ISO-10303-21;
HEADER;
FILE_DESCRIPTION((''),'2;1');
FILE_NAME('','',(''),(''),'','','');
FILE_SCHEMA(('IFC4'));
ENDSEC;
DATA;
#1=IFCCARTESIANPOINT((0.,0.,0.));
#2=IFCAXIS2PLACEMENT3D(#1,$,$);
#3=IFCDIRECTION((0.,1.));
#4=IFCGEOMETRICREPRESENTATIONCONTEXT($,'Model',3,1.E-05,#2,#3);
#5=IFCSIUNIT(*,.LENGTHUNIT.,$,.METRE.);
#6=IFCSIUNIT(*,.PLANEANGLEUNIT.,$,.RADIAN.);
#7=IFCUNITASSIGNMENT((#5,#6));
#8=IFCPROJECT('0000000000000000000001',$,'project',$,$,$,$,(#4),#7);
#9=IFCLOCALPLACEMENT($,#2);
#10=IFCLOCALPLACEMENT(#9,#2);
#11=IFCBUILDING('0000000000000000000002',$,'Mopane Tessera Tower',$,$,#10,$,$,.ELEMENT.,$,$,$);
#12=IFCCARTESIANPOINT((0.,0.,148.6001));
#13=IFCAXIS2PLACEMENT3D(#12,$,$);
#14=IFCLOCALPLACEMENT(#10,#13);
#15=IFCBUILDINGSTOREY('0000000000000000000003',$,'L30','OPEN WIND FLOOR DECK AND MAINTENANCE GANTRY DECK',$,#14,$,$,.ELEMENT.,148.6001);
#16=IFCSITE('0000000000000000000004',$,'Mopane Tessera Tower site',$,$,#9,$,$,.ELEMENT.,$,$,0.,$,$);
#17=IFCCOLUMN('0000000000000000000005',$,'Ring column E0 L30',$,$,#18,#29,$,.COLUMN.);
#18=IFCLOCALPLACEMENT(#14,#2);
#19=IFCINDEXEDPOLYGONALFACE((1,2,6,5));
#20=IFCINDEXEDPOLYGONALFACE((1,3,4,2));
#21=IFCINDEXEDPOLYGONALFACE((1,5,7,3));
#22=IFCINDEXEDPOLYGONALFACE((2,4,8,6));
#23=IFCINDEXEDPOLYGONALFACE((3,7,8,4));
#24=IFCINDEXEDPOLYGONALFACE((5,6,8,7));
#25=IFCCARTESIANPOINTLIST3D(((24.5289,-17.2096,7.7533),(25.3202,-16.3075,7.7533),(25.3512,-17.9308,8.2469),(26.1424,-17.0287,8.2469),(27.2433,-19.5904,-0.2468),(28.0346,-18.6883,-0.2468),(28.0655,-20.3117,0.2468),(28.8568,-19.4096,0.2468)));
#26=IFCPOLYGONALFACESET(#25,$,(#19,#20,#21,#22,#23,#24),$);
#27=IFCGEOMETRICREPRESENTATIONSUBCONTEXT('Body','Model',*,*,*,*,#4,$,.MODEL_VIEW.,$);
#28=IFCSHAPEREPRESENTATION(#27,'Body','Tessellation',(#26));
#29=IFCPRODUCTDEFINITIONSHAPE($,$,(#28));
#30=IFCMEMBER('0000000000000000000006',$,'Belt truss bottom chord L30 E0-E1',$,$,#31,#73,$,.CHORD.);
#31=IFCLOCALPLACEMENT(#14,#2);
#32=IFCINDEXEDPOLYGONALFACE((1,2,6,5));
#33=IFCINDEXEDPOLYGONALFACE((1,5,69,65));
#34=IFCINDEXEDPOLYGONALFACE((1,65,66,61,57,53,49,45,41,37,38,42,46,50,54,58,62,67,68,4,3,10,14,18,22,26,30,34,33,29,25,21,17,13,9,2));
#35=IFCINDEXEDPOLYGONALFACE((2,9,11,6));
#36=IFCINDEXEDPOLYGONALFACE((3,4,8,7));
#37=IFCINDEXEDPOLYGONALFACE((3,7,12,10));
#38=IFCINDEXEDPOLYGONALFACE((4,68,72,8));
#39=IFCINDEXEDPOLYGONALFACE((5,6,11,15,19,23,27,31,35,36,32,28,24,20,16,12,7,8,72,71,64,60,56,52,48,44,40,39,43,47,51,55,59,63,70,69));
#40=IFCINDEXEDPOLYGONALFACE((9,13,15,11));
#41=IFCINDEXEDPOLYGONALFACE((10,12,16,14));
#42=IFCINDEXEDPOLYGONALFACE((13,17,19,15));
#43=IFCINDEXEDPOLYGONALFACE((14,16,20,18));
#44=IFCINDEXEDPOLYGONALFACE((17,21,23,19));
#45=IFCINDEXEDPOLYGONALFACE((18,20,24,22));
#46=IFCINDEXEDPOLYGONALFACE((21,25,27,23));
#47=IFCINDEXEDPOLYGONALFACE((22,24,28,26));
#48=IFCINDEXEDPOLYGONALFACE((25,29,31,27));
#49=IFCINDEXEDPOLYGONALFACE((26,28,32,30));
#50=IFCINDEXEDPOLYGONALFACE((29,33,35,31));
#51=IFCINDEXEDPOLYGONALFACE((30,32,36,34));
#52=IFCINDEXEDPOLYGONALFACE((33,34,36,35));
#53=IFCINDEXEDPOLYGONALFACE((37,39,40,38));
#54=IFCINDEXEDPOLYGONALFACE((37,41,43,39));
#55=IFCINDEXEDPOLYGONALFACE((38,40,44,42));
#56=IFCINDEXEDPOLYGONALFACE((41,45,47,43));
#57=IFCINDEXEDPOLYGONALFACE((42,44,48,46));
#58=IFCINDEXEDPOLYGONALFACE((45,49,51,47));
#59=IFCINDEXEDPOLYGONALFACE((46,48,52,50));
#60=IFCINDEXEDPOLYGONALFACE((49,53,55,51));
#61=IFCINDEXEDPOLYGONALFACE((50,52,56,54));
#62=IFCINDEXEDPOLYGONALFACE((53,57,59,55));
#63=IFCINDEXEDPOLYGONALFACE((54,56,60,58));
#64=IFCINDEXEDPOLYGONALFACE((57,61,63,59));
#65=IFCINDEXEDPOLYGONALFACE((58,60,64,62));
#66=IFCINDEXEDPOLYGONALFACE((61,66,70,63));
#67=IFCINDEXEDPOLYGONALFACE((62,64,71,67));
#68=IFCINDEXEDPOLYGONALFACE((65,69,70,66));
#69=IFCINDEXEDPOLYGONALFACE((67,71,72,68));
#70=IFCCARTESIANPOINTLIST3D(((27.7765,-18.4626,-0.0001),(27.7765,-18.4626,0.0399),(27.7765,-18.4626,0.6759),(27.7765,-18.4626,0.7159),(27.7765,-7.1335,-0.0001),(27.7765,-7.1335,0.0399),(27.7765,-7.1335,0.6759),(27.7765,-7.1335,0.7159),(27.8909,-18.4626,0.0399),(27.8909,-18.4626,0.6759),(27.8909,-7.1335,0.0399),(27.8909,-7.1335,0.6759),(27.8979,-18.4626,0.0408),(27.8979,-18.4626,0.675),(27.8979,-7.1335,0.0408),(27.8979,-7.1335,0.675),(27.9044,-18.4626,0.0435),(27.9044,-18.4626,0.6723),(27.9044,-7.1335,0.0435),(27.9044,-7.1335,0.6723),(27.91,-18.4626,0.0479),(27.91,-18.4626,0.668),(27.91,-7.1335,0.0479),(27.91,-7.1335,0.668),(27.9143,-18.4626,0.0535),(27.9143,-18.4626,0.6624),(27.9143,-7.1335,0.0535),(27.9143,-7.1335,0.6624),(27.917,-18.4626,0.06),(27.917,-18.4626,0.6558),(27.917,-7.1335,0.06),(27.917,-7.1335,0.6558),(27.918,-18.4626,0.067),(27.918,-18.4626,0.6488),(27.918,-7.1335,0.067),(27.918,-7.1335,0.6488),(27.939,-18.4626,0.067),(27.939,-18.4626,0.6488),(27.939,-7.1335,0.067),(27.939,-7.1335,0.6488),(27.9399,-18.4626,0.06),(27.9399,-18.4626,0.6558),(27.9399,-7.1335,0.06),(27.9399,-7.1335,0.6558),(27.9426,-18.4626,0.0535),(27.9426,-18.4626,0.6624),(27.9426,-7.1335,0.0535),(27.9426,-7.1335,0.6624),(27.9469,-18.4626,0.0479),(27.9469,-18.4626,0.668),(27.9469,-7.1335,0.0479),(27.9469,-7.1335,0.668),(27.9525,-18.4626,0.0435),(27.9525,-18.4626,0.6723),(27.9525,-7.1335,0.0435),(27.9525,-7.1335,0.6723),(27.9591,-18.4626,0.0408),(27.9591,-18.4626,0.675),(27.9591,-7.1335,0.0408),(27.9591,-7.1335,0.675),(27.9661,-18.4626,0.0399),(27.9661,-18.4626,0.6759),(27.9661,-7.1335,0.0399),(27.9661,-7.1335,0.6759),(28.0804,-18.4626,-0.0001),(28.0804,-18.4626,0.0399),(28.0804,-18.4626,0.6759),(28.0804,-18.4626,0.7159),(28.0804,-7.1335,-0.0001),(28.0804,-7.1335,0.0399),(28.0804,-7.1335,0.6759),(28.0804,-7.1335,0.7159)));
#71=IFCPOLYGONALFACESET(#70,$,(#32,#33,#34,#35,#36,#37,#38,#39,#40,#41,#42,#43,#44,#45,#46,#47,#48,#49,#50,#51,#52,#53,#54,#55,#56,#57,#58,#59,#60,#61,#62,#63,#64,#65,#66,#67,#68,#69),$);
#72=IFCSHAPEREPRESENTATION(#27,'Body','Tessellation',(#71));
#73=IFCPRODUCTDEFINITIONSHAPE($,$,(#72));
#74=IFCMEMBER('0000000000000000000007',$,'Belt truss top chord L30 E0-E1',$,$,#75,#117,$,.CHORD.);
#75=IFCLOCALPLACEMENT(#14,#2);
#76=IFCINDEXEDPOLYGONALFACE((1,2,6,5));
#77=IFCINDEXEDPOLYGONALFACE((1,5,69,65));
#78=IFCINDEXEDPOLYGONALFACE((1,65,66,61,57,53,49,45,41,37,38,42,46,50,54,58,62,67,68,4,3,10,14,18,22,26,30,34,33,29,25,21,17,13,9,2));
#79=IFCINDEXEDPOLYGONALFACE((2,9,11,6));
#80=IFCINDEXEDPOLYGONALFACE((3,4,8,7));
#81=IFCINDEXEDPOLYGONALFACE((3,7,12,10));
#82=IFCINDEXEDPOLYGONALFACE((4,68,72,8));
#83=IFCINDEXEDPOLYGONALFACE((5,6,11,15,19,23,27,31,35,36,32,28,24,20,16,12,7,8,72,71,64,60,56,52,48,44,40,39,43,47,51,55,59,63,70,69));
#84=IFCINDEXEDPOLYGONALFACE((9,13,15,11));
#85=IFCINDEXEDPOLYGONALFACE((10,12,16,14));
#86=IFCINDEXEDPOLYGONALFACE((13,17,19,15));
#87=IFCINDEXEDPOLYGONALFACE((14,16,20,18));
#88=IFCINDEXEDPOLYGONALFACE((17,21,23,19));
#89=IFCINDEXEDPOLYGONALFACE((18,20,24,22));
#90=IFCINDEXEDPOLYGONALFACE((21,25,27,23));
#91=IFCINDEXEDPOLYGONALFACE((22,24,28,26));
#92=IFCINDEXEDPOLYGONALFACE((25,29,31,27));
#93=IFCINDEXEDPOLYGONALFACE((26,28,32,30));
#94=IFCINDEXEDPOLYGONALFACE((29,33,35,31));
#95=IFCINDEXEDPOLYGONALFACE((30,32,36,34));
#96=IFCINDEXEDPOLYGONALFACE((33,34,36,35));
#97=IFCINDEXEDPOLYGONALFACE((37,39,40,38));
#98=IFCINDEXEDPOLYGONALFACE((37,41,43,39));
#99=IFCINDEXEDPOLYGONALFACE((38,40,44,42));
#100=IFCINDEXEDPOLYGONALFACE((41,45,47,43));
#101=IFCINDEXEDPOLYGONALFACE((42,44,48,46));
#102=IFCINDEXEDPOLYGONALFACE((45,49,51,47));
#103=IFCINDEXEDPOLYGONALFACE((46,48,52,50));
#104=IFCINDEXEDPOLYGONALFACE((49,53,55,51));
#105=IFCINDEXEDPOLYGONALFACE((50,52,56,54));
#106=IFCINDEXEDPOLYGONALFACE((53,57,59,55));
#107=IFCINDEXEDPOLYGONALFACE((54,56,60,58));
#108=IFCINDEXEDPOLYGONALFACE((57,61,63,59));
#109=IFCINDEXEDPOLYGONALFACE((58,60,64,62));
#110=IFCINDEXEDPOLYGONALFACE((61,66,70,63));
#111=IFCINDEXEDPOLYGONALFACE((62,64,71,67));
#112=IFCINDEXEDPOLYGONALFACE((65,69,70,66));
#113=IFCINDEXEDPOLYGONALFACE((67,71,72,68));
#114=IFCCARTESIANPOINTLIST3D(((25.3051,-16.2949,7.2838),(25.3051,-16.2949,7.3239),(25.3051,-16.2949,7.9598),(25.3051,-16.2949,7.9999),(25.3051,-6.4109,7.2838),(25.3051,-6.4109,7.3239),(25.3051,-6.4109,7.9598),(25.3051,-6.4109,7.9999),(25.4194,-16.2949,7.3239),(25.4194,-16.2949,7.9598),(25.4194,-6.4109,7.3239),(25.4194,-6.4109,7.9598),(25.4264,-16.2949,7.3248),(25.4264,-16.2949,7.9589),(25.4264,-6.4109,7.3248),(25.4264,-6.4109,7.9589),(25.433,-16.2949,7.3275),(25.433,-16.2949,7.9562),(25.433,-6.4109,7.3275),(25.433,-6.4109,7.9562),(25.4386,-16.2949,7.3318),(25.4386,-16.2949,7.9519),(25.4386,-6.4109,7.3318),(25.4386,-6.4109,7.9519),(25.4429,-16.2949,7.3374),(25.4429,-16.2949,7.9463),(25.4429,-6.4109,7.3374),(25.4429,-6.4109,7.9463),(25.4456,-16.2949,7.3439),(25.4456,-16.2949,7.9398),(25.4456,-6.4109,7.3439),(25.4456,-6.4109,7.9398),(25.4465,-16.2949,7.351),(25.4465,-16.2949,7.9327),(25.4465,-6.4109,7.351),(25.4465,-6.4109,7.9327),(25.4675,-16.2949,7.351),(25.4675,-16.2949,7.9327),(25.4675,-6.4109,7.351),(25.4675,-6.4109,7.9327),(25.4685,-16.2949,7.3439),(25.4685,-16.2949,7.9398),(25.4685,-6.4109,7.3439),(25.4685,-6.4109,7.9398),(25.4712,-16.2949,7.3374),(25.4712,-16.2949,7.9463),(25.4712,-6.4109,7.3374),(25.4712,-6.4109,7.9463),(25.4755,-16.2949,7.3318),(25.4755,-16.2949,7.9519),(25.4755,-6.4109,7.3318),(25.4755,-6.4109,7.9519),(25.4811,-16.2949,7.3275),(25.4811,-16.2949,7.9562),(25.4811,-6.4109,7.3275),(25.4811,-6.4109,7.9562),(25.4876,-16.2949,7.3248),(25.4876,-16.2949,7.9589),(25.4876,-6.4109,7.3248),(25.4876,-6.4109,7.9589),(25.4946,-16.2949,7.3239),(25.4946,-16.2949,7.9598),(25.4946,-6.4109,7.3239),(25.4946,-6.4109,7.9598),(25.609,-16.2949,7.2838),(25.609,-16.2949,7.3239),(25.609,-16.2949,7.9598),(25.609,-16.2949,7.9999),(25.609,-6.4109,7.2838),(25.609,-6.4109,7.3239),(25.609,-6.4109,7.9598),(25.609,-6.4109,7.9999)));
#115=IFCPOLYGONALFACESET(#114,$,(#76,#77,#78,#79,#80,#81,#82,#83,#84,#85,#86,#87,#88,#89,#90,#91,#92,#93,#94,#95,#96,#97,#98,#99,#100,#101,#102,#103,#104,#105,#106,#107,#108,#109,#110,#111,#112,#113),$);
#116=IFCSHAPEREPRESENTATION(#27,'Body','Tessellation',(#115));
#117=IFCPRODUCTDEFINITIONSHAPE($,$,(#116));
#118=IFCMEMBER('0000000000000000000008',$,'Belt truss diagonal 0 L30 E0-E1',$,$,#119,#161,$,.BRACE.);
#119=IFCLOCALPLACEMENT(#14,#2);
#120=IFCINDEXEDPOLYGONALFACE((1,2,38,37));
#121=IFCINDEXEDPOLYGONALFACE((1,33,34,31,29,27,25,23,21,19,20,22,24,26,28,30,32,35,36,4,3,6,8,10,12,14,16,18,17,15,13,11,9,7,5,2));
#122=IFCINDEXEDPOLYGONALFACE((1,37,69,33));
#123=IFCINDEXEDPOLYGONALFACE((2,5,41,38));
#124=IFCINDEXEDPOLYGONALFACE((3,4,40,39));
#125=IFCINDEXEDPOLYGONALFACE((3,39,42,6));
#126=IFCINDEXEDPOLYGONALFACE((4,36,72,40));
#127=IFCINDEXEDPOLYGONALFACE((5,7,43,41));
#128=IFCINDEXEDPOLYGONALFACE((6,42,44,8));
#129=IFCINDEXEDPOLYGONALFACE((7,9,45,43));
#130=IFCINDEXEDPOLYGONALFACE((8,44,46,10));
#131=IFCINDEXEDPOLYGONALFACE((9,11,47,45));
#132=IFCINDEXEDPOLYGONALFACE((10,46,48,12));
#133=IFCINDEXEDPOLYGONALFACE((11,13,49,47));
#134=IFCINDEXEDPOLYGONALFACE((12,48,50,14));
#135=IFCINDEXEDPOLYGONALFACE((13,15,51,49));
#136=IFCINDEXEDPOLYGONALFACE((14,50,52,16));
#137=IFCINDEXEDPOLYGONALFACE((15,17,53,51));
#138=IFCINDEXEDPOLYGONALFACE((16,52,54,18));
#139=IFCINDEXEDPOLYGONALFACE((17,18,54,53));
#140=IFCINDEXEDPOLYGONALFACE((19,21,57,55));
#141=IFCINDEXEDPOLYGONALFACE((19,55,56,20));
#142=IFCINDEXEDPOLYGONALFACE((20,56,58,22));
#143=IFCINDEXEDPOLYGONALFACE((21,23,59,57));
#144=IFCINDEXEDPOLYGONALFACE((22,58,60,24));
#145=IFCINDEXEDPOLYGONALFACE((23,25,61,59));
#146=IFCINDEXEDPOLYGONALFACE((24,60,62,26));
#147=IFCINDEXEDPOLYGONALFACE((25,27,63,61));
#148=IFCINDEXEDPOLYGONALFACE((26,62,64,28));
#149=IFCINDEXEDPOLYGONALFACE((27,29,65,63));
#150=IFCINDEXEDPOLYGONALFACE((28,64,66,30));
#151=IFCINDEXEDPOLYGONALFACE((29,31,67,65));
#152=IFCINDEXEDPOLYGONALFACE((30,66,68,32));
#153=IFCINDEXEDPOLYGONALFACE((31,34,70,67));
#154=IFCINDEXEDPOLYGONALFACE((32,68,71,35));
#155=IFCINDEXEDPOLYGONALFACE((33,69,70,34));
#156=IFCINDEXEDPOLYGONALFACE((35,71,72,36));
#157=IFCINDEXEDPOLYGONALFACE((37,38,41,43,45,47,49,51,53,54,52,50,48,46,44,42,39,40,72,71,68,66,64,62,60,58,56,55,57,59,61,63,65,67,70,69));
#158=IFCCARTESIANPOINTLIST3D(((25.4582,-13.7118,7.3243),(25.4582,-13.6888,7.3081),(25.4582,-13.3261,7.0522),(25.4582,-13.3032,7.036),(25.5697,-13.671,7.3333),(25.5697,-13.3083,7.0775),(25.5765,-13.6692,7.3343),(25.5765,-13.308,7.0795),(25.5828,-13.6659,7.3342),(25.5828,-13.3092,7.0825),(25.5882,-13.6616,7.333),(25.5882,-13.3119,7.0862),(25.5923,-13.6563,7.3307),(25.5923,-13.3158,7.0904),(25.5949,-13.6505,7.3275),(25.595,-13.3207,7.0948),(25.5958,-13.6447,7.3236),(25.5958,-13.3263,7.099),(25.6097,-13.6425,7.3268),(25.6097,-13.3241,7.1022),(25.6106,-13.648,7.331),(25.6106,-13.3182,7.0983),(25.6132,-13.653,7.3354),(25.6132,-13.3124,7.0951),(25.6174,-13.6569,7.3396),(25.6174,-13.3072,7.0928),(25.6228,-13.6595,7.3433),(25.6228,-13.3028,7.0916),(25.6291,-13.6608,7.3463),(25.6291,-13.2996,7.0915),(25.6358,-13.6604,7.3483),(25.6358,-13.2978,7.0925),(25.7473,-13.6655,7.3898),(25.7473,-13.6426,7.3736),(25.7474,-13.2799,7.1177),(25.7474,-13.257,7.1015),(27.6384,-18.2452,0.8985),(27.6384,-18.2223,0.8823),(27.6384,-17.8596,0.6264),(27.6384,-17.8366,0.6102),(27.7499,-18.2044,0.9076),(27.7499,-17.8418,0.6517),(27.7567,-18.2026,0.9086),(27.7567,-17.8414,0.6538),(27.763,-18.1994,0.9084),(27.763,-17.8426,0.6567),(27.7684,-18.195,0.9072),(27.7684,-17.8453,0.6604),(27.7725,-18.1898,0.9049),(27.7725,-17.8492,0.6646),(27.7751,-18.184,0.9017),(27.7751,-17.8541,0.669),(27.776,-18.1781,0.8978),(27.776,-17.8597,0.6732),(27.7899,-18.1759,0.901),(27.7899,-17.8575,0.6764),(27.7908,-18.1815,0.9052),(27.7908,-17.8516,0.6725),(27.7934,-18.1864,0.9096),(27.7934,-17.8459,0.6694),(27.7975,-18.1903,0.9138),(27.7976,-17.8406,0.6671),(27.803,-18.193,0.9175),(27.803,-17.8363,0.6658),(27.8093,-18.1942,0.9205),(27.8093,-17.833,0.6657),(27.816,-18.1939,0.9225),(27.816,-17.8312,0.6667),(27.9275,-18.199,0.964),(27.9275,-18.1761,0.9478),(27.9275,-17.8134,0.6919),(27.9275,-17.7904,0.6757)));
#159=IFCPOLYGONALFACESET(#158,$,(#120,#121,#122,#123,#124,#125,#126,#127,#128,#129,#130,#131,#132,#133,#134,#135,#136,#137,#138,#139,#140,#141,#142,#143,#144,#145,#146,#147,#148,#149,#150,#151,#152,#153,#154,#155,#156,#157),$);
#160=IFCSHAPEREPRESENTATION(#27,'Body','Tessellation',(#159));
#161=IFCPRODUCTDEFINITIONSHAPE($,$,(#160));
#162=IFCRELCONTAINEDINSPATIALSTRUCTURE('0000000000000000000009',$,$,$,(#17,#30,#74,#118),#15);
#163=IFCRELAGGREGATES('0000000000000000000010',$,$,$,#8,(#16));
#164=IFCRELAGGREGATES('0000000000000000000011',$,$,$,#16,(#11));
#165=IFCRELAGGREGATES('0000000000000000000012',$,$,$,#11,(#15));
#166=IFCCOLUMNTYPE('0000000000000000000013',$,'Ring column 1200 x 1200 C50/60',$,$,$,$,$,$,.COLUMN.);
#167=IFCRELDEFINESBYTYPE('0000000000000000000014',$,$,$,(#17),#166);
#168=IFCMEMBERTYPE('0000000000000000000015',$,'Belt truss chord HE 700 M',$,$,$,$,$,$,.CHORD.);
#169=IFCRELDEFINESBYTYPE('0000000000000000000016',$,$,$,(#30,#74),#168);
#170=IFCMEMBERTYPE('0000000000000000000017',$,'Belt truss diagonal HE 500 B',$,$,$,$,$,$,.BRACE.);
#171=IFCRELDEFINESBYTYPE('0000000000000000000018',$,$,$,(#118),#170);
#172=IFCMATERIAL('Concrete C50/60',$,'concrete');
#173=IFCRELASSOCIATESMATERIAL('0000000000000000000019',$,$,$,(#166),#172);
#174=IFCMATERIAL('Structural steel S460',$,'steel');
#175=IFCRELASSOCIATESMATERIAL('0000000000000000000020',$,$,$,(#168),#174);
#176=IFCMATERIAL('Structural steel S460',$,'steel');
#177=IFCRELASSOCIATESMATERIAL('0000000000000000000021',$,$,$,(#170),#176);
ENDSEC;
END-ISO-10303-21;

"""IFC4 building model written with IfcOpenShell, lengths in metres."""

from ifc_helpers import new_model, si_unit, direction, frame, origin, origin_2d, place, context, subcontext, project, spatial, rectangle, i_section, extrude, material, material_profile, profile_set, type_object, element, save


model = new_model("IFC4")

# Units and contexts
model_context = context("Model", 3, precision=1e-05, world=origin(), true_north=direction((0.0, 1.0)))
body_context = subcontext(model_context, "Body", "Model", "MODEL_VIEW")
ifc_project = project(units=[si_unit("LENGTHUNIT", "METRE"), si_unit("PLANEANGLEUNIT", "RADIAN")], contexts=[model_context])

# Site, building, storey
site_placement = place(None, origin())
site = spatial("IfcSite", under=ifc_project, at=site_placement, Name="Mopane Tessera Tower site", CompositionType="ELEMENT", RefElevation=0.0)
building_placement = place(site_placement, origin())
building = spatial("IfcBuilding", under=site, at=building_placement, Name="Mopane Tessera Tower", CompositionType="ELEMENT")
storey_placement = place(building_placement, frame((0.0, 0.0, 148.6001)))
storey = spatial("IfcBuildingStorey", under=building, at=storey_placement, Name="L30", Description="OPEN WIND FLOOR DECK AND MAINTENANCE GANTRY DECK", CompositionType="ELEMENT", Elevation=148.6001)

# Column
ifc_material_1 = material(Name="Concrete C50/60", Category="concrete")
ifc_material_profile_1 = material_profile(ifc_material_1, rectangle(XDim=1.2, YDim=1.2, at=origin_2d()))
ifc_profile_set_1 = profile_set([ifc_material_profile_1], Name="Concrete C50/60")
column_type = type_object("IfcColumnType", Name="Ring column 1200 x 1200 C50/60", PredefinedType="COLUMN", material=ifc_profile_set_1)
column_placement = place(storey_placement, frame((28.05, -19.5, 0.0), z_axis=(-0.309257, 0.27126, 0.91147), x_axis=(-0.659414, -0.75178, 0.0)))
element("IfcColumn", 1, at=column_placement, inside=storey, type_object=column_type, Name="Ring column E0 L30", PredefinedType="COLUMN", context=body_context, shape_type="SweptSolid", body=[
    extrude(rectangle(XDim=1.2, YDim=1.2, at=origin_2d()), origin(), (0.0, 0.0, 1.0), 8.7771),
])

# Members
ifc_material_2 = material(Name="Structural steel S460", Category="steel")
ifc_material_profile_2 = material_profile(ifc_material_2, i_section(OverallWidth=0.304, OverallDepth=0.7161, WebThickness=0.021, FlangeThickness=0.04, FilletRadius=0.0271, at=origin_2d()))
ifc_profile_set_2 = profile_set([ifc_material_profile_2], Name="Structural steel S460")
member_type_1 = type_object("IfcMemberType", Name="Belt truss chord HE 700 M", PredefinedType="CHORD", material=ifc_profile_set_2)
member_1_placement = place(storey_placement, frame((27.9285, -18.4626, 0.3579), z_axis=(0.0, 1.0, 0.0), x_axis=(-1.0, 0.0, 0.0)))
element("IfcMember", 2, at=member_1_placement, inside=storey, type_object=member_type_1, Name="Belt truss bottom chord L30 E0-E1", PredefinedType="CHORD", context=body_context, shape_type="SweptSolid", body=[
    extrude(i_section(OverallWidth=0.304, OverallDepth=0.7161, WebThickness=0.021, FlangeThickness=0.04, FilletRadius=0.0271, at=origin_2d()), origin(), (0.0, 0.0, 1.0), 11.3291),
])
member_2_placement = place(storey_placement, frame((25.457, -16.2949, 7.6418), z_axis=(0.0, 1.0, 0.0), x_axis=(-1.0, 0.0, 0.0)))
element("IfcMember", 3, at=member_2_placement, inside=storey, type_object=member_type_1, Name="Belt truss top chord L30 E0-E1", PredefinedType="CHORD", context=body_context, shape_type="SweptSolid", body=[
    extrude(i_section(OverallWidth=0.304, OverallDepth=0.7161, WebThickness=0.021, FlangeThickness=0.04, FilletRadius=0.0271, at=origin_2d()), origin(), (0.0, 0.0, 1.0), 9.884),
])
ifc_material_3 = material(Name="Structural steel S460", Category="steel")
ifc_material_profile_3 = material_profile(ifc_material_3, i_section(OverallWidth=0.3, OverallDepth=0.5, WebThickness=0.0144, FlangeThickness=0.0281, FilletRadius=0.0271, at=origin_2d()))
ifc_profile_set_3 = profile_set([ifc_material_profile_3], Name="Structural steel S460")
member_type_2 = type_object("IfcMemberType", Name="Belt truss diagonal HE 500 B", PredefinedType="BRACE", material=ifc_profile_set_3)
member_3_placement = place(storey_placement, frame((27.783, -18.0178, 0.7871), z_axis=(-0.267158, 0.555526, 0.787412), x_axis=(-0.963653, -0.153996, -0.218308)))
element("IfcMember", 4, at=member_3_placement, inside=storey, type_object=member_type_2, Name="Belt truss diagonal 0 L30 E0-E1", PredefinedType="BRACE", context=body_context, shape_type="SweptSolid", body=[
    extrude(i_section(OverallWidth=0.3, OverallDepth=0.5, WebThickness=0.0144, FlangeThickness=0.0281, FilletRadius=0.0271, at=origin_2d()), origin(), (0.0, 0.0, 1.0), 8.1606),
])

save(model, "model.ifc")
